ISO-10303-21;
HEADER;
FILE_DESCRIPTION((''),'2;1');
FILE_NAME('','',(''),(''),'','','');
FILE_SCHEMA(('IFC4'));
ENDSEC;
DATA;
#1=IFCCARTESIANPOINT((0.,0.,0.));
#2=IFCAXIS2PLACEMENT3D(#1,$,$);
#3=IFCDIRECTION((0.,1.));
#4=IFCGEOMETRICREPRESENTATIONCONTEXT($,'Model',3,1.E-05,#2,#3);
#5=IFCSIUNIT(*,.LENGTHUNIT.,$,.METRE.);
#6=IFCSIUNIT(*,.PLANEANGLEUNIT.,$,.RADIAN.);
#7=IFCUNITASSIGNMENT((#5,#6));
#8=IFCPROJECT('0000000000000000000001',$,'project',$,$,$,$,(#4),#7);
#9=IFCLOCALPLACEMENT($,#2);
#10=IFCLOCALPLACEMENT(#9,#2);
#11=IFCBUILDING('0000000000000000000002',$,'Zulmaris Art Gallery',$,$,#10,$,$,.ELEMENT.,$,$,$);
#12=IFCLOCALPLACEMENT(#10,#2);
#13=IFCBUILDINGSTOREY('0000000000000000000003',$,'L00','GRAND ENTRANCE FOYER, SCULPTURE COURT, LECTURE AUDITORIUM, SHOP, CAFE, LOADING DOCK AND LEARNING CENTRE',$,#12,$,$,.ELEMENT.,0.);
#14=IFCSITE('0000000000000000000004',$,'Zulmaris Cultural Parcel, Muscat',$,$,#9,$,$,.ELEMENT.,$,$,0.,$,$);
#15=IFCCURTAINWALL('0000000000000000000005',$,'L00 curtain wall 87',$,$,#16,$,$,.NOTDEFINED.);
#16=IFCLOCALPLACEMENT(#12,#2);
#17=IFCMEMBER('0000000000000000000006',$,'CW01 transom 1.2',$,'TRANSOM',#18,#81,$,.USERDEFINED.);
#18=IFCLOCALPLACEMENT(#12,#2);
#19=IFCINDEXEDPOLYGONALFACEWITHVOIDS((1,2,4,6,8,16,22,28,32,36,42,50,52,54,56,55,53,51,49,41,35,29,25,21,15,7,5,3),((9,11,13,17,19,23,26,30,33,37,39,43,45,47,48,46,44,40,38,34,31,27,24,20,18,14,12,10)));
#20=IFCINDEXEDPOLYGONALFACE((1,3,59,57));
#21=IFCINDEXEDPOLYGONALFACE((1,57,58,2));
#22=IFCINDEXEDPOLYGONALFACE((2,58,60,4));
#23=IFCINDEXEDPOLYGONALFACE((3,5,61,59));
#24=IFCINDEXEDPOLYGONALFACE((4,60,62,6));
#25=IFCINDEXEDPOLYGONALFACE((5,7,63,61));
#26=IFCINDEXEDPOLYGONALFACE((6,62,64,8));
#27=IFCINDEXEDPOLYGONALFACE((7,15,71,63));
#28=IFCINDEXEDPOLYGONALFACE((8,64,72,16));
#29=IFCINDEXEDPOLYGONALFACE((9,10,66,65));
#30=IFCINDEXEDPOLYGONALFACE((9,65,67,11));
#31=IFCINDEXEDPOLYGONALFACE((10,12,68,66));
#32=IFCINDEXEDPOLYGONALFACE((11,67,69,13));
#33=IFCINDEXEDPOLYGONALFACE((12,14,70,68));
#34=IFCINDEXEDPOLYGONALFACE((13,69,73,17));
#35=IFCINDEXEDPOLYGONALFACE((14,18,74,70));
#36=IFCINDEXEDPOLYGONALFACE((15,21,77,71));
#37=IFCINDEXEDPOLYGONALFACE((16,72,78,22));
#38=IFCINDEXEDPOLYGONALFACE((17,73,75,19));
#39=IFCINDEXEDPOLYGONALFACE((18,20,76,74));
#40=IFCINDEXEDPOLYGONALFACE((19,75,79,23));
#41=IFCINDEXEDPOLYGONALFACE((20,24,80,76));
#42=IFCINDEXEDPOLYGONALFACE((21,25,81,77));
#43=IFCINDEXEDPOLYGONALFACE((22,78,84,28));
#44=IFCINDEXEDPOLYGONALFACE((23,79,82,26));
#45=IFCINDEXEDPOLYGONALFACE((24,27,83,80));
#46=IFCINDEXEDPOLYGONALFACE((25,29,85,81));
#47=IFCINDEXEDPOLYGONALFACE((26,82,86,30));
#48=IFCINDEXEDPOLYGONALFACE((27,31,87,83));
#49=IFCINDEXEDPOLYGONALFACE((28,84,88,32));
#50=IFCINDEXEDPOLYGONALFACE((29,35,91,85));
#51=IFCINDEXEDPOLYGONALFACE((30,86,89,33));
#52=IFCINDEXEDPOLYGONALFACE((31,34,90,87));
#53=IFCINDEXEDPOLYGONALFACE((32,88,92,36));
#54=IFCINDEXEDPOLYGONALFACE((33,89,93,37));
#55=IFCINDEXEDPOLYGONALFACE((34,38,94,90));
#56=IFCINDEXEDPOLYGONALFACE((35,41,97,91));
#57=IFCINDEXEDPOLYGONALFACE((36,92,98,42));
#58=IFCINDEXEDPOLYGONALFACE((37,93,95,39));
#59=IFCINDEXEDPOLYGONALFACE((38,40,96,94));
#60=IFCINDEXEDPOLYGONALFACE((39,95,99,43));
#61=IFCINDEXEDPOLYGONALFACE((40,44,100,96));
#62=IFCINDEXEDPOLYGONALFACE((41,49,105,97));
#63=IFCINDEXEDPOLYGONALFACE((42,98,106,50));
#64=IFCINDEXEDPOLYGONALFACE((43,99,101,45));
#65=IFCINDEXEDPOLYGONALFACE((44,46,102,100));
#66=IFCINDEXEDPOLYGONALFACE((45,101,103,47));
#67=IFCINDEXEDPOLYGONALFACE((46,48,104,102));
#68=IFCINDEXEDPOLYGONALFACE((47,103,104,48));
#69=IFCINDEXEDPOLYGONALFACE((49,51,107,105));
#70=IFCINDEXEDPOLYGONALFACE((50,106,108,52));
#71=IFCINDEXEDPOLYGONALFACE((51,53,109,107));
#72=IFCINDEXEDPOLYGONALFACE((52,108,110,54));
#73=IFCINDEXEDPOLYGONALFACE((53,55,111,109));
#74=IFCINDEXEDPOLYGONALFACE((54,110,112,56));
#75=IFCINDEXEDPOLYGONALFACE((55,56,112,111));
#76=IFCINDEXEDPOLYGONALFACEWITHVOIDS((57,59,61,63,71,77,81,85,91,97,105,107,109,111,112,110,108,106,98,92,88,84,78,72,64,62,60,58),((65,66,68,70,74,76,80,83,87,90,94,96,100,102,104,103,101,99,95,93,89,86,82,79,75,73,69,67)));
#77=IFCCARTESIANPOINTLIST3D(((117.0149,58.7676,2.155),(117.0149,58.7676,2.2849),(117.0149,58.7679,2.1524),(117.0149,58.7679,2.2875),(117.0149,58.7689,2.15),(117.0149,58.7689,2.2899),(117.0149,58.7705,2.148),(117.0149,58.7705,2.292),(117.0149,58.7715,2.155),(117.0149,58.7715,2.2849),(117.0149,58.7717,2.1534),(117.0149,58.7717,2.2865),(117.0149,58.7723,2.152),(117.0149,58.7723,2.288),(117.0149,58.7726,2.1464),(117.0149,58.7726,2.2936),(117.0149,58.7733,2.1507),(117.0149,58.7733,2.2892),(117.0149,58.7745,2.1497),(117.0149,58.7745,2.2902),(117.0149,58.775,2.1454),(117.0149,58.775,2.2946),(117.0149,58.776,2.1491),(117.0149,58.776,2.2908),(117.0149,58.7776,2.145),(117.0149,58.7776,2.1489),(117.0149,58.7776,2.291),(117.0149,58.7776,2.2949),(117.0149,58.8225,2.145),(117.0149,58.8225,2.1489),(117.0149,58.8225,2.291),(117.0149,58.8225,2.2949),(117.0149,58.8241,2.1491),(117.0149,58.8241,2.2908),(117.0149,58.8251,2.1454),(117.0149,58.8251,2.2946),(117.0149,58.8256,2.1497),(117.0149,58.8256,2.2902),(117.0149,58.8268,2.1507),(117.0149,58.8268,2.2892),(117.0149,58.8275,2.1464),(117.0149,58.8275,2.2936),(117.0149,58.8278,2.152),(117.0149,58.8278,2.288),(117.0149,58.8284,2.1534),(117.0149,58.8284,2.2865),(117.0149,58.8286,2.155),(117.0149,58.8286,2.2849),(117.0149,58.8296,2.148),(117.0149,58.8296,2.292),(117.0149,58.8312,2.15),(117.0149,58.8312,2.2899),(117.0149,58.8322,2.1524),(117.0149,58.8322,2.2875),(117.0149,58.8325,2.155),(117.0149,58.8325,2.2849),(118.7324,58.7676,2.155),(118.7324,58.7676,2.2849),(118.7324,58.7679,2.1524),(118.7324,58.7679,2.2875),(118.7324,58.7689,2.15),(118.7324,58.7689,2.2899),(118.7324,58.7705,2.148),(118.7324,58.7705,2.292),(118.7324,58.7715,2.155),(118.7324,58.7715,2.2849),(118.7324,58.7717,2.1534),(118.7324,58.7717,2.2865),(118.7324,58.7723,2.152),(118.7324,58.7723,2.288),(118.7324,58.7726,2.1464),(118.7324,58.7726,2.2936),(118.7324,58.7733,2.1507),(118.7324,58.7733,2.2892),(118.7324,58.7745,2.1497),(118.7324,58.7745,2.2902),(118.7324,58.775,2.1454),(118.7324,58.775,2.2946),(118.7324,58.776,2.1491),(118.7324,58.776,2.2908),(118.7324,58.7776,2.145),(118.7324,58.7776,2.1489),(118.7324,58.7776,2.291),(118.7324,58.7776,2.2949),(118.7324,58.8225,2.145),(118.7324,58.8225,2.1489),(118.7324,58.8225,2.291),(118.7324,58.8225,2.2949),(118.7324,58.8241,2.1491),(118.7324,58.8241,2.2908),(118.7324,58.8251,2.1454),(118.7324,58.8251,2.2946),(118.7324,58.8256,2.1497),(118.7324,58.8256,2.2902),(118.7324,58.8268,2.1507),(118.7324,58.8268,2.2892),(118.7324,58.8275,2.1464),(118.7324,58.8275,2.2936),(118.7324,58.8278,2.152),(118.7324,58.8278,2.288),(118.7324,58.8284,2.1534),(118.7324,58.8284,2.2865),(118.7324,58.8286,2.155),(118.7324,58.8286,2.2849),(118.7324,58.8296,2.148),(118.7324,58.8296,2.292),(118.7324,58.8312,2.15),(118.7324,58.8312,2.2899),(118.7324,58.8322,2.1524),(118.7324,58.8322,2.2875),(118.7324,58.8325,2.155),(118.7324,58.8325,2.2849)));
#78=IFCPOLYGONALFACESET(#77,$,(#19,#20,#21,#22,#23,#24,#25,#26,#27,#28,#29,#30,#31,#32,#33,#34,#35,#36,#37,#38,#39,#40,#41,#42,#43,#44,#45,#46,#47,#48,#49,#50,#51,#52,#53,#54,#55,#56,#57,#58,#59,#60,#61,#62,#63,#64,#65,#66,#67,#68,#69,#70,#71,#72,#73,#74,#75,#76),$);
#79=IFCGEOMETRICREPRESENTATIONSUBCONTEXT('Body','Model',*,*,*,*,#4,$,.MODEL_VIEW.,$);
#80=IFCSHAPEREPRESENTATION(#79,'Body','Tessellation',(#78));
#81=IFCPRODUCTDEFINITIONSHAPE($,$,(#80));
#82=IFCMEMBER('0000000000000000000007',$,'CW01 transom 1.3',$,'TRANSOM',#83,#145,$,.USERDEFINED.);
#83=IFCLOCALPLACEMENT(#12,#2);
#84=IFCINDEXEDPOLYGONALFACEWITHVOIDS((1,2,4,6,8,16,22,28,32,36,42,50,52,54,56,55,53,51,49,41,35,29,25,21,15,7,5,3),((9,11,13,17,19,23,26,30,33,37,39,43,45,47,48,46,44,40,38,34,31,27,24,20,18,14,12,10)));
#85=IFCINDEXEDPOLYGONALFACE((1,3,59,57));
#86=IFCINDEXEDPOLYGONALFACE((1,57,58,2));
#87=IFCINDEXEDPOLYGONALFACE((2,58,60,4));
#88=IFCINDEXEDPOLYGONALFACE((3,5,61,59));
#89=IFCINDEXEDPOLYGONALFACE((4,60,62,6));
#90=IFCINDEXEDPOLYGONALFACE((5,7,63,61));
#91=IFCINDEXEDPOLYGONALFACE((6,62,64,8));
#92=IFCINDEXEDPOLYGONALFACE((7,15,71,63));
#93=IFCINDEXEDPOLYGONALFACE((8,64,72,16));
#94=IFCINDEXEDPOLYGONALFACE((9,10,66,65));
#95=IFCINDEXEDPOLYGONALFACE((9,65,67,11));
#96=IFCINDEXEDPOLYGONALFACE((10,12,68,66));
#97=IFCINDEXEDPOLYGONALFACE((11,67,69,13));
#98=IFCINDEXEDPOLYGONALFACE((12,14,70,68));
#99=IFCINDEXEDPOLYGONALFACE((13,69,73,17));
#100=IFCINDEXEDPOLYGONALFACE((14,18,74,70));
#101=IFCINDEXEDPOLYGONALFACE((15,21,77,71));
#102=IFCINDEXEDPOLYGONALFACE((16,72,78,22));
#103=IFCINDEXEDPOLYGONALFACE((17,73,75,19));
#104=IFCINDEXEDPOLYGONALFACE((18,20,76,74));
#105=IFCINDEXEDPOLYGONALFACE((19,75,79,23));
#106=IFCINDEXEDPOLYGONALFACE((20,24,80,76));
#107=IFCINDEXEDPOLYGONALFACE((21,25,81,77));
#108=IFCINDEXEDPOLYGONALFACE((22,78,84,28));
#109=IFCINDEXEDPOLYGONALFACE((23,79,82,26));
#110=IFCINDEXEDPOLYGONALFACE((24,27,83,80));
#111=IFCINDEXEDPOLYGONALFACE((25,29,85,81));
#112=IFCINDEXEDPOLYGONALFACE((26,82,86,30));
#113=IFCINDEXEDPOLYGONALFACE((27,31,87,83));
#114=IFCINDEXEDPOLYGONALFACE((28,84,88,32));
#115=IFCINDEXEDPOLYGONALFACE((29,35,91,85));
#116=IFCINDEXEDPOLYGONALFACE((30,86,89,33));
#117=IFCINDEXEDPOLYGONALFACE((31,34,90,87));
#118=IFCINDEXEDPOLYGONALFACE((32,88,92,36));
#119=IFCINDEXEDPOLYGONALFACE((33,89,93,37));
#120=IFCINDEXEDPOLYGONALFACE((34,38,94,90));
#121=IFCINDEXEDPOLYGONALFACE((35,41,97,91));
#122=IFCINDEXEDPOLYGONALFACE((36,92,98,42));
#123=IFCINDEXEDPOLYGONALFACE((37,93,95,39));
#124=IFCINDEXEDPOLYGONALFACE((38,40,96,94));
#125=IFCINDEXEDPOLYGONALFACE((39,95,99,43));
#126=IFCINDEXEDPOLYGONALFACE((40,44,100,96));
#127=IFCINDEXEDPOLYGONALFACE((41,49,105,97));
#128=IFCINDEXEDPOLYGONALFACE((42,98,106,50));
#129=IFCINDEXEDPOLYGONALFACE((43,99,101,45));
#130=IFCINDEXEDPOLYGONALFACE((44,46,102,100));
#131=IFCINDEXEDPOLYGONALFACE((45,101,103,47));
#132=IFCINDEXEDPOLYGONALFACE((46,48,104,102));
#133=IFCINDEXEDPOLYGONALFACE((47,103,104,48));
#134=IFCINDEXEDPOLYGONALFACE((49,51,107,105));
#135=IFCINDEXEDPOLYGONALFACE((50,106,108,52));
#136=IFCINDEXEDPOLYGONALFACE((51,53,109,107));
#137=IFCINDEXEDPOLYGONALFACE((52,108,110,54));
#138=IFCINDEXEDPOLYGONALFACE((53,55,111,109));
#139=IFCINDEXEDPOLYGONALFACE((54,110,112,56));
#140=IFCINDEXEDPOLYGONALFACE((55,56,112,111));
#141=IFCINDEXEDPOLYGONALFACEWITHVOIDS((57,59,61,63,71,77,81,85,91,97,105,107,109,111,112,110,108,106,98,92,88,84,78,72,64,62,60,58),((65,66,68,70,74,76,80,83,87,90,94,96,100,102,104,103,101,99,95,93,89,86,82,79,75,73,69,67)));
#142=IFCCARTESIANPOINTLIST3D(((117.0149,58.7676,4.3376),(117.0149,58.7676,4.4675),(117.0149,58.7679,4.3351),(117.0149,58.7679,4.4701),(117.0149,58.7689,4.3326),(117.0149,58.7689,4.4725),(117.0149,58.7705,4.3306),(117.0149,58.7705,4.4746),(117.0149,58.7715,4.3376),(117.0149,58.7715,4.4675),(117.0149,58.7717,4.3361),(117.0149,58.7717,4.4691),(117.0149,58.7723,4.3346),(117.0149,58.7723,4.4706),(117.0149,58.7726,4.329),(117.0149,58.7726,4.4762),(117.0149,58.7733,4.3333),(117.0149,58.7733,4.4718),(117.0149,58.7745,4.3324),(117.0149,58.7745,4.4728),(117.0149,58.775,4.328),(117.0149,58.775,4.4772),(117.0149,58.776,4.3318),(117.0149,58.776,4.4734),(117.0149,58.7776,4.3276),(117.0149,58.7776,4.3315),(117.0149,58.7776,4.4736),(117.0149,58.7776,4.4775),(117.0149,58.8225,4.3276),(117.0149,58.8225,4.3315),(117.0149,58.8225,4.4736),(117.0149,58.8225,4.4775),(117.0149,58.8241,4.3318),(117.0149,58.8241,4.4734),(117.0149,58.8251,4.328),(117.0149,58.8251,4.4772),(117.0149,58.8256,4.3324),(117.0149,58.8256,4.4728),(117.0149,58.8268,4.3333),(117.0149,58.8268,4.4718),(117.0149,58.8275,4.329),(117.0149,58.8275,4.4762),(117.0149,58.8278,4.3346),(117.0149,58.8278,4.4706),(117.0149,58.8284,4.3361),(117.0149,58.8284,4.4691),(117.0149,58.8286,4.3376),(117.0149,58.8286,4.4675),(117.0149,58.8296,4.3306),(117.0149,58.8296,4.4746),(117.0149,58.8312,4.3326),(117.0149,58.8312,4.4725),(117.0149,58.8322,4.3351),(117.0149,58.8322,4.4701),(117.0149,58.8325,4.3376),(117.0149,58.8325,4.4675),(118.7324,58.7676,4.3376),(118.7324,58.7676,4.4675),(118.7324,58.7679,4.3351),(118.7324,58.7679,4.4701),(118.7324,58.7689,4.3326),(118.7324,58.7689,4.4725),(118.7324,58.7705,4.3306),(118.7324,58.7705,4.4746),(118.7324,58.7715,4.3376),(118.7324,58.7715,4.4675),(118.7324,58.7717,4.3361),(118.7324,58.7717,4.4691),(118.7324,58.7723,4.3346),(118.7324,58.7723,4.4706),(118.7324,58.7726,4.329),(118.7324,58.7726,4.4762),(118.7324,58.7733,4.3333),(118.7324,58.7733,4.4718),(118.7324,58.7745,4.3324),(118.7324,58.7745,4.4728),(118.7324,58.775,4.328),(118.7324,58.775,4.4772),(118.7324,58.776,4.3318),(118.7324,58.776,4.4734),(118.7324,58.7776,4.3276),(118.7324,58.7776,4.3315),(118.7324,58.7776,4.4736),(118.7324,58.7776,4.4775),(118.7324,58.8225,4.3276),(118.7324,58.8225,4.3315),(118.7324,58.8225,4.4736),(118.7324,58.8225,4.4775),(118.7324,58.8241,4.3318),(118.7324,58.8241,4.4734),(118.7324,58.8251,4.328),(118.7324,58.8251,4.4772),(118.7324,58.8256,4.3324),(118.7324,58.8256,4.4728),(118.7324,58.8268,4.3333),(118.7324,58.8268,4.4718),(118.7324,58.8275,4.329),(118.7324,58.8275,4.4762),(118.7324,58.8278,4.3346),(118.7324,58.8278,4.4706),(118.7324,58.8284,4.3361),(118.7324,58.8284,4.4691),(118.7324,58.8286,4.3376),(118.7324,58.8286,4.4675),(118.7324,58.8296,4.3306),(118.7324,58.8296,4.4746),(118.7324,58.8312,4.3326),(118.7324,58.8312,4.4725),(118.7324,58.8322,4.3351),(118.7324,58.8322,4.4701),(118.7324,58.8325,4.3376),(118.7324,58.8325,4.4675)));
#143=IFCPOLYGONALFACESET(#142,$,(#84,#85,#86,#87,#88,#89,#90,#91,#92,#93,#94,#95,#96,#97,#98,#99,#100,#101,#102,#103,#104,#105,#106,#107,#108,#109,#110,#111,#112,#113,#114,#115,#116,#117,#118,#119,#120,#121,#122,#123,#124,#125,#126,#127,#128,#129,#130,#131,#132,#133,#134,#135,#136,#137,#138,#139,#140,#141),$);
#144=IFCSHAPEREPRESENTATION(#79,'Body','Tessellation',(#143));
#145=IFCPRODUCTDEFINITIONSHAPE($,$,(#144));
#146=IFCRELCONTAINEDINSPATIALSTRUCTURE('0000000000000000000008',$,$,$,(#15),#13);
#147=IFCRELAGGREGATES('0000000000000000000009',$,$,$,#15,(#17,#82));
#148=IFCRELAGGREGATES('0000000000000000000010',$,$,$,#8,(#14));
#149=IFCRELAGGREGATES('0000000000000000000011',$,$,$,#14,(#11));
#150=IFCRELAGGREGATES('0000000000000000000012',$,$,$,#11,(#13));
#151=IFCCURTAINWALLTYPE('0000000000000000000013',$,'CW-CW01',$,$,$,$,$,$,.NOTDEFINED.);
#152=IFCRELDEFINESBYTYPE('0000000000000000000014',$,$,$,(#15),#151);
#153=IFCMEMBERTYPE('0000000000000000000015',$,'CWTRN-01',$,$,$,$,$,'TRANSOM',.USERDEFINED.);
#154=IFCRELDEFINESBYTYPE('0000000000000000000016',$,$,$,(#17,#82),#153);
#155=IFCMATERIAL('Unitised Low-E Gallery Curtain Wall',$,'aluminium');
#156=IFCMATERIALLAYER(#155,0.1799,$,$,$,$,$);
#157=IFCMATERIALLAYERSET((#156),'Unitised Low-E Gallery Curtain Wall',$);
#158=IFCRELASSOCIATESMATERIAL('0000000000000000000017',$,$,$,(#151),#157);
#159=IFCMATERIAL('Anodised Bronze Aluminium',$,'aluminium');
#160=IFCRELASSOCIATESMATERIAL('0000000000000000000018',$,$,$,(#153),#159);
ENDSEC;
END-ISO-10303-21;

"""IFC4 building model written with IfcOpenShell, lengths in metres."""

from ifc_helpers import new_model, si_unit, direction, frame, origin, origin_2d, place, context, subcontext, project, spatial, hollow_rectangle, extrude, material, layer, layer_set, material_profile, profile_set, type_object, element, aggregate, save


model = new_model("IFC4")

# Units and contexts
model_context = context("Model", 3, precision=1e-05, world=origin(), true_north=direction((0.0, 1.0)))
body_context = subcontext(model_context, "Body", "Model", "MODEL_VIEW")
ifc_project = project(units=[si_unit("LENGTHUNIT", "METRE"), si_unit("PLANEANGLEUNIT", "RADIAN")], contexts=[model_context])

# Site, building, storey
site_placement = place(None, origin())
site = spatial("IfcSite", under=ifc_project, at=site_placement, Name="Zulmaris Cultural Parcel, Muscat", CompositionType="ELEMENT", RefElevation=0.0)
building_placement = place(site_placement, origin())
building = spatial("IfcBuilding", under=site, at=building_placement, Name="Zulmaris Art Gallery", CompositionType="ELEMENT")
storey_placement = place(building_placement, origin())
storey = spatial("IfcBuildingStorey", under=building, at=storey_placement, Name="L00", Description="GRAND ENTRANCE FOYER, SCULPTURE COURT, LECTURE AUDITORIUM, SHOP, CAFE, LOADING DOCK AND LEARNING CENTRE", CompositionType="ELEMENT", Elevation=0.0)

# Curtain wall
ifc_material_1 = material(Name="Unitised Low-E Gallery Curtain Wall", Category="aluminium")
ifc_layer_1 = layer(ifc_material_1, 0.1799)
ifc_layer_set_1 = layer_set([ifc_layer_1], Name="Unitised Low-E Gallery Curtain Wall")
curtain_wall_type = type_object("IfcCurtainWallType", Name="CW-CW01", PredefinedType="NOTDEFINED", material=ifc_layer_set_1)
ifc_material_2 = material(Name="Anodised Bronze Aluminium", Category="aluminium")
curtain_wall_1_placement = place(storey_placement, origin())
curtain_wall_1 = element("IfcCurtainWall", 1, at=curtain_wall_1_placement, inside=storey, type_object=curtain_wall_type, Name="L00 curtain wall 87", PredefinedType="NOTDEFINED")

# Members
ifc_material_profile_1 = material_profile(ifc_material_2, hollow_rectangle(XDim=0.0649, YDim=0.1499, WallThickness=0.0039, InnerFilletRadius=0.0061, OuterFilletRadius=0.01, at=origin_2d()), Name="ALU 65x150x4")
ifc_profile_set_1 = profile_set([ifc_material_profile_1], Name="Anodised Bronze Aluminium")
member_type_1 = type_object("IfcMemberType", Name="CWTRN-01", ElementType="TRANSOM", PredefinedType="USERDEFINED", material=ifc_profile_set_1)
member_1_placement = place(storey_placement, frame((117.0149, 58.8, 2.22), z_axis=(1.0, 0.0, 0.0), x_axis=(0.0, 1.0, 0.0)))
member_1 = element("IfcMember", 2, at=member_1_placement, type_object=member_type_1, Name="CW01 transom 1.2", ObjectType="TRANSOM", PredefinedType="USERDEFINED", context=body_context, shape_type="SweptSolid", body=[
    extrude(hollow_rectangle(XDim=0.0649, YDim=0.1499, WallThickness=0.0039, InnerFilletRadius=0.0061, OuterFilletRadius=0.01, at=origin_2d()), origin(), (0.0, 0.0, 1.0), 1.7175),
])
member_2_placement = place(storey_placement, frame((117.0149, 58.8, 4.4026), z_axis=(1.0, 0.0, 0.0), x_axis=(0.0, 1.0, 0.0)))
member_2 = element("IfcMember", 3, at=member_2_placement, type_object=member_type_1, Name="CW01 transom 1.3", ObjectType="TRANSOM", PredefinedType="USERDEFINED", context=body_context, shape_type="SweptSolid", body=[
    extrude(hollow_rectangle(XDim=0.0649, YDim=0.1499, WallThickness=0.0039, InnerFilletRadius=0.0061, OuterFilletRadius=0.01, at=origin_2d()), origin(), (0.0, 0.0, 1.0), 1.7175),
])

aggregate(curtain_wall_1, [member_1, member_2])

save(model, "model.ifc")
